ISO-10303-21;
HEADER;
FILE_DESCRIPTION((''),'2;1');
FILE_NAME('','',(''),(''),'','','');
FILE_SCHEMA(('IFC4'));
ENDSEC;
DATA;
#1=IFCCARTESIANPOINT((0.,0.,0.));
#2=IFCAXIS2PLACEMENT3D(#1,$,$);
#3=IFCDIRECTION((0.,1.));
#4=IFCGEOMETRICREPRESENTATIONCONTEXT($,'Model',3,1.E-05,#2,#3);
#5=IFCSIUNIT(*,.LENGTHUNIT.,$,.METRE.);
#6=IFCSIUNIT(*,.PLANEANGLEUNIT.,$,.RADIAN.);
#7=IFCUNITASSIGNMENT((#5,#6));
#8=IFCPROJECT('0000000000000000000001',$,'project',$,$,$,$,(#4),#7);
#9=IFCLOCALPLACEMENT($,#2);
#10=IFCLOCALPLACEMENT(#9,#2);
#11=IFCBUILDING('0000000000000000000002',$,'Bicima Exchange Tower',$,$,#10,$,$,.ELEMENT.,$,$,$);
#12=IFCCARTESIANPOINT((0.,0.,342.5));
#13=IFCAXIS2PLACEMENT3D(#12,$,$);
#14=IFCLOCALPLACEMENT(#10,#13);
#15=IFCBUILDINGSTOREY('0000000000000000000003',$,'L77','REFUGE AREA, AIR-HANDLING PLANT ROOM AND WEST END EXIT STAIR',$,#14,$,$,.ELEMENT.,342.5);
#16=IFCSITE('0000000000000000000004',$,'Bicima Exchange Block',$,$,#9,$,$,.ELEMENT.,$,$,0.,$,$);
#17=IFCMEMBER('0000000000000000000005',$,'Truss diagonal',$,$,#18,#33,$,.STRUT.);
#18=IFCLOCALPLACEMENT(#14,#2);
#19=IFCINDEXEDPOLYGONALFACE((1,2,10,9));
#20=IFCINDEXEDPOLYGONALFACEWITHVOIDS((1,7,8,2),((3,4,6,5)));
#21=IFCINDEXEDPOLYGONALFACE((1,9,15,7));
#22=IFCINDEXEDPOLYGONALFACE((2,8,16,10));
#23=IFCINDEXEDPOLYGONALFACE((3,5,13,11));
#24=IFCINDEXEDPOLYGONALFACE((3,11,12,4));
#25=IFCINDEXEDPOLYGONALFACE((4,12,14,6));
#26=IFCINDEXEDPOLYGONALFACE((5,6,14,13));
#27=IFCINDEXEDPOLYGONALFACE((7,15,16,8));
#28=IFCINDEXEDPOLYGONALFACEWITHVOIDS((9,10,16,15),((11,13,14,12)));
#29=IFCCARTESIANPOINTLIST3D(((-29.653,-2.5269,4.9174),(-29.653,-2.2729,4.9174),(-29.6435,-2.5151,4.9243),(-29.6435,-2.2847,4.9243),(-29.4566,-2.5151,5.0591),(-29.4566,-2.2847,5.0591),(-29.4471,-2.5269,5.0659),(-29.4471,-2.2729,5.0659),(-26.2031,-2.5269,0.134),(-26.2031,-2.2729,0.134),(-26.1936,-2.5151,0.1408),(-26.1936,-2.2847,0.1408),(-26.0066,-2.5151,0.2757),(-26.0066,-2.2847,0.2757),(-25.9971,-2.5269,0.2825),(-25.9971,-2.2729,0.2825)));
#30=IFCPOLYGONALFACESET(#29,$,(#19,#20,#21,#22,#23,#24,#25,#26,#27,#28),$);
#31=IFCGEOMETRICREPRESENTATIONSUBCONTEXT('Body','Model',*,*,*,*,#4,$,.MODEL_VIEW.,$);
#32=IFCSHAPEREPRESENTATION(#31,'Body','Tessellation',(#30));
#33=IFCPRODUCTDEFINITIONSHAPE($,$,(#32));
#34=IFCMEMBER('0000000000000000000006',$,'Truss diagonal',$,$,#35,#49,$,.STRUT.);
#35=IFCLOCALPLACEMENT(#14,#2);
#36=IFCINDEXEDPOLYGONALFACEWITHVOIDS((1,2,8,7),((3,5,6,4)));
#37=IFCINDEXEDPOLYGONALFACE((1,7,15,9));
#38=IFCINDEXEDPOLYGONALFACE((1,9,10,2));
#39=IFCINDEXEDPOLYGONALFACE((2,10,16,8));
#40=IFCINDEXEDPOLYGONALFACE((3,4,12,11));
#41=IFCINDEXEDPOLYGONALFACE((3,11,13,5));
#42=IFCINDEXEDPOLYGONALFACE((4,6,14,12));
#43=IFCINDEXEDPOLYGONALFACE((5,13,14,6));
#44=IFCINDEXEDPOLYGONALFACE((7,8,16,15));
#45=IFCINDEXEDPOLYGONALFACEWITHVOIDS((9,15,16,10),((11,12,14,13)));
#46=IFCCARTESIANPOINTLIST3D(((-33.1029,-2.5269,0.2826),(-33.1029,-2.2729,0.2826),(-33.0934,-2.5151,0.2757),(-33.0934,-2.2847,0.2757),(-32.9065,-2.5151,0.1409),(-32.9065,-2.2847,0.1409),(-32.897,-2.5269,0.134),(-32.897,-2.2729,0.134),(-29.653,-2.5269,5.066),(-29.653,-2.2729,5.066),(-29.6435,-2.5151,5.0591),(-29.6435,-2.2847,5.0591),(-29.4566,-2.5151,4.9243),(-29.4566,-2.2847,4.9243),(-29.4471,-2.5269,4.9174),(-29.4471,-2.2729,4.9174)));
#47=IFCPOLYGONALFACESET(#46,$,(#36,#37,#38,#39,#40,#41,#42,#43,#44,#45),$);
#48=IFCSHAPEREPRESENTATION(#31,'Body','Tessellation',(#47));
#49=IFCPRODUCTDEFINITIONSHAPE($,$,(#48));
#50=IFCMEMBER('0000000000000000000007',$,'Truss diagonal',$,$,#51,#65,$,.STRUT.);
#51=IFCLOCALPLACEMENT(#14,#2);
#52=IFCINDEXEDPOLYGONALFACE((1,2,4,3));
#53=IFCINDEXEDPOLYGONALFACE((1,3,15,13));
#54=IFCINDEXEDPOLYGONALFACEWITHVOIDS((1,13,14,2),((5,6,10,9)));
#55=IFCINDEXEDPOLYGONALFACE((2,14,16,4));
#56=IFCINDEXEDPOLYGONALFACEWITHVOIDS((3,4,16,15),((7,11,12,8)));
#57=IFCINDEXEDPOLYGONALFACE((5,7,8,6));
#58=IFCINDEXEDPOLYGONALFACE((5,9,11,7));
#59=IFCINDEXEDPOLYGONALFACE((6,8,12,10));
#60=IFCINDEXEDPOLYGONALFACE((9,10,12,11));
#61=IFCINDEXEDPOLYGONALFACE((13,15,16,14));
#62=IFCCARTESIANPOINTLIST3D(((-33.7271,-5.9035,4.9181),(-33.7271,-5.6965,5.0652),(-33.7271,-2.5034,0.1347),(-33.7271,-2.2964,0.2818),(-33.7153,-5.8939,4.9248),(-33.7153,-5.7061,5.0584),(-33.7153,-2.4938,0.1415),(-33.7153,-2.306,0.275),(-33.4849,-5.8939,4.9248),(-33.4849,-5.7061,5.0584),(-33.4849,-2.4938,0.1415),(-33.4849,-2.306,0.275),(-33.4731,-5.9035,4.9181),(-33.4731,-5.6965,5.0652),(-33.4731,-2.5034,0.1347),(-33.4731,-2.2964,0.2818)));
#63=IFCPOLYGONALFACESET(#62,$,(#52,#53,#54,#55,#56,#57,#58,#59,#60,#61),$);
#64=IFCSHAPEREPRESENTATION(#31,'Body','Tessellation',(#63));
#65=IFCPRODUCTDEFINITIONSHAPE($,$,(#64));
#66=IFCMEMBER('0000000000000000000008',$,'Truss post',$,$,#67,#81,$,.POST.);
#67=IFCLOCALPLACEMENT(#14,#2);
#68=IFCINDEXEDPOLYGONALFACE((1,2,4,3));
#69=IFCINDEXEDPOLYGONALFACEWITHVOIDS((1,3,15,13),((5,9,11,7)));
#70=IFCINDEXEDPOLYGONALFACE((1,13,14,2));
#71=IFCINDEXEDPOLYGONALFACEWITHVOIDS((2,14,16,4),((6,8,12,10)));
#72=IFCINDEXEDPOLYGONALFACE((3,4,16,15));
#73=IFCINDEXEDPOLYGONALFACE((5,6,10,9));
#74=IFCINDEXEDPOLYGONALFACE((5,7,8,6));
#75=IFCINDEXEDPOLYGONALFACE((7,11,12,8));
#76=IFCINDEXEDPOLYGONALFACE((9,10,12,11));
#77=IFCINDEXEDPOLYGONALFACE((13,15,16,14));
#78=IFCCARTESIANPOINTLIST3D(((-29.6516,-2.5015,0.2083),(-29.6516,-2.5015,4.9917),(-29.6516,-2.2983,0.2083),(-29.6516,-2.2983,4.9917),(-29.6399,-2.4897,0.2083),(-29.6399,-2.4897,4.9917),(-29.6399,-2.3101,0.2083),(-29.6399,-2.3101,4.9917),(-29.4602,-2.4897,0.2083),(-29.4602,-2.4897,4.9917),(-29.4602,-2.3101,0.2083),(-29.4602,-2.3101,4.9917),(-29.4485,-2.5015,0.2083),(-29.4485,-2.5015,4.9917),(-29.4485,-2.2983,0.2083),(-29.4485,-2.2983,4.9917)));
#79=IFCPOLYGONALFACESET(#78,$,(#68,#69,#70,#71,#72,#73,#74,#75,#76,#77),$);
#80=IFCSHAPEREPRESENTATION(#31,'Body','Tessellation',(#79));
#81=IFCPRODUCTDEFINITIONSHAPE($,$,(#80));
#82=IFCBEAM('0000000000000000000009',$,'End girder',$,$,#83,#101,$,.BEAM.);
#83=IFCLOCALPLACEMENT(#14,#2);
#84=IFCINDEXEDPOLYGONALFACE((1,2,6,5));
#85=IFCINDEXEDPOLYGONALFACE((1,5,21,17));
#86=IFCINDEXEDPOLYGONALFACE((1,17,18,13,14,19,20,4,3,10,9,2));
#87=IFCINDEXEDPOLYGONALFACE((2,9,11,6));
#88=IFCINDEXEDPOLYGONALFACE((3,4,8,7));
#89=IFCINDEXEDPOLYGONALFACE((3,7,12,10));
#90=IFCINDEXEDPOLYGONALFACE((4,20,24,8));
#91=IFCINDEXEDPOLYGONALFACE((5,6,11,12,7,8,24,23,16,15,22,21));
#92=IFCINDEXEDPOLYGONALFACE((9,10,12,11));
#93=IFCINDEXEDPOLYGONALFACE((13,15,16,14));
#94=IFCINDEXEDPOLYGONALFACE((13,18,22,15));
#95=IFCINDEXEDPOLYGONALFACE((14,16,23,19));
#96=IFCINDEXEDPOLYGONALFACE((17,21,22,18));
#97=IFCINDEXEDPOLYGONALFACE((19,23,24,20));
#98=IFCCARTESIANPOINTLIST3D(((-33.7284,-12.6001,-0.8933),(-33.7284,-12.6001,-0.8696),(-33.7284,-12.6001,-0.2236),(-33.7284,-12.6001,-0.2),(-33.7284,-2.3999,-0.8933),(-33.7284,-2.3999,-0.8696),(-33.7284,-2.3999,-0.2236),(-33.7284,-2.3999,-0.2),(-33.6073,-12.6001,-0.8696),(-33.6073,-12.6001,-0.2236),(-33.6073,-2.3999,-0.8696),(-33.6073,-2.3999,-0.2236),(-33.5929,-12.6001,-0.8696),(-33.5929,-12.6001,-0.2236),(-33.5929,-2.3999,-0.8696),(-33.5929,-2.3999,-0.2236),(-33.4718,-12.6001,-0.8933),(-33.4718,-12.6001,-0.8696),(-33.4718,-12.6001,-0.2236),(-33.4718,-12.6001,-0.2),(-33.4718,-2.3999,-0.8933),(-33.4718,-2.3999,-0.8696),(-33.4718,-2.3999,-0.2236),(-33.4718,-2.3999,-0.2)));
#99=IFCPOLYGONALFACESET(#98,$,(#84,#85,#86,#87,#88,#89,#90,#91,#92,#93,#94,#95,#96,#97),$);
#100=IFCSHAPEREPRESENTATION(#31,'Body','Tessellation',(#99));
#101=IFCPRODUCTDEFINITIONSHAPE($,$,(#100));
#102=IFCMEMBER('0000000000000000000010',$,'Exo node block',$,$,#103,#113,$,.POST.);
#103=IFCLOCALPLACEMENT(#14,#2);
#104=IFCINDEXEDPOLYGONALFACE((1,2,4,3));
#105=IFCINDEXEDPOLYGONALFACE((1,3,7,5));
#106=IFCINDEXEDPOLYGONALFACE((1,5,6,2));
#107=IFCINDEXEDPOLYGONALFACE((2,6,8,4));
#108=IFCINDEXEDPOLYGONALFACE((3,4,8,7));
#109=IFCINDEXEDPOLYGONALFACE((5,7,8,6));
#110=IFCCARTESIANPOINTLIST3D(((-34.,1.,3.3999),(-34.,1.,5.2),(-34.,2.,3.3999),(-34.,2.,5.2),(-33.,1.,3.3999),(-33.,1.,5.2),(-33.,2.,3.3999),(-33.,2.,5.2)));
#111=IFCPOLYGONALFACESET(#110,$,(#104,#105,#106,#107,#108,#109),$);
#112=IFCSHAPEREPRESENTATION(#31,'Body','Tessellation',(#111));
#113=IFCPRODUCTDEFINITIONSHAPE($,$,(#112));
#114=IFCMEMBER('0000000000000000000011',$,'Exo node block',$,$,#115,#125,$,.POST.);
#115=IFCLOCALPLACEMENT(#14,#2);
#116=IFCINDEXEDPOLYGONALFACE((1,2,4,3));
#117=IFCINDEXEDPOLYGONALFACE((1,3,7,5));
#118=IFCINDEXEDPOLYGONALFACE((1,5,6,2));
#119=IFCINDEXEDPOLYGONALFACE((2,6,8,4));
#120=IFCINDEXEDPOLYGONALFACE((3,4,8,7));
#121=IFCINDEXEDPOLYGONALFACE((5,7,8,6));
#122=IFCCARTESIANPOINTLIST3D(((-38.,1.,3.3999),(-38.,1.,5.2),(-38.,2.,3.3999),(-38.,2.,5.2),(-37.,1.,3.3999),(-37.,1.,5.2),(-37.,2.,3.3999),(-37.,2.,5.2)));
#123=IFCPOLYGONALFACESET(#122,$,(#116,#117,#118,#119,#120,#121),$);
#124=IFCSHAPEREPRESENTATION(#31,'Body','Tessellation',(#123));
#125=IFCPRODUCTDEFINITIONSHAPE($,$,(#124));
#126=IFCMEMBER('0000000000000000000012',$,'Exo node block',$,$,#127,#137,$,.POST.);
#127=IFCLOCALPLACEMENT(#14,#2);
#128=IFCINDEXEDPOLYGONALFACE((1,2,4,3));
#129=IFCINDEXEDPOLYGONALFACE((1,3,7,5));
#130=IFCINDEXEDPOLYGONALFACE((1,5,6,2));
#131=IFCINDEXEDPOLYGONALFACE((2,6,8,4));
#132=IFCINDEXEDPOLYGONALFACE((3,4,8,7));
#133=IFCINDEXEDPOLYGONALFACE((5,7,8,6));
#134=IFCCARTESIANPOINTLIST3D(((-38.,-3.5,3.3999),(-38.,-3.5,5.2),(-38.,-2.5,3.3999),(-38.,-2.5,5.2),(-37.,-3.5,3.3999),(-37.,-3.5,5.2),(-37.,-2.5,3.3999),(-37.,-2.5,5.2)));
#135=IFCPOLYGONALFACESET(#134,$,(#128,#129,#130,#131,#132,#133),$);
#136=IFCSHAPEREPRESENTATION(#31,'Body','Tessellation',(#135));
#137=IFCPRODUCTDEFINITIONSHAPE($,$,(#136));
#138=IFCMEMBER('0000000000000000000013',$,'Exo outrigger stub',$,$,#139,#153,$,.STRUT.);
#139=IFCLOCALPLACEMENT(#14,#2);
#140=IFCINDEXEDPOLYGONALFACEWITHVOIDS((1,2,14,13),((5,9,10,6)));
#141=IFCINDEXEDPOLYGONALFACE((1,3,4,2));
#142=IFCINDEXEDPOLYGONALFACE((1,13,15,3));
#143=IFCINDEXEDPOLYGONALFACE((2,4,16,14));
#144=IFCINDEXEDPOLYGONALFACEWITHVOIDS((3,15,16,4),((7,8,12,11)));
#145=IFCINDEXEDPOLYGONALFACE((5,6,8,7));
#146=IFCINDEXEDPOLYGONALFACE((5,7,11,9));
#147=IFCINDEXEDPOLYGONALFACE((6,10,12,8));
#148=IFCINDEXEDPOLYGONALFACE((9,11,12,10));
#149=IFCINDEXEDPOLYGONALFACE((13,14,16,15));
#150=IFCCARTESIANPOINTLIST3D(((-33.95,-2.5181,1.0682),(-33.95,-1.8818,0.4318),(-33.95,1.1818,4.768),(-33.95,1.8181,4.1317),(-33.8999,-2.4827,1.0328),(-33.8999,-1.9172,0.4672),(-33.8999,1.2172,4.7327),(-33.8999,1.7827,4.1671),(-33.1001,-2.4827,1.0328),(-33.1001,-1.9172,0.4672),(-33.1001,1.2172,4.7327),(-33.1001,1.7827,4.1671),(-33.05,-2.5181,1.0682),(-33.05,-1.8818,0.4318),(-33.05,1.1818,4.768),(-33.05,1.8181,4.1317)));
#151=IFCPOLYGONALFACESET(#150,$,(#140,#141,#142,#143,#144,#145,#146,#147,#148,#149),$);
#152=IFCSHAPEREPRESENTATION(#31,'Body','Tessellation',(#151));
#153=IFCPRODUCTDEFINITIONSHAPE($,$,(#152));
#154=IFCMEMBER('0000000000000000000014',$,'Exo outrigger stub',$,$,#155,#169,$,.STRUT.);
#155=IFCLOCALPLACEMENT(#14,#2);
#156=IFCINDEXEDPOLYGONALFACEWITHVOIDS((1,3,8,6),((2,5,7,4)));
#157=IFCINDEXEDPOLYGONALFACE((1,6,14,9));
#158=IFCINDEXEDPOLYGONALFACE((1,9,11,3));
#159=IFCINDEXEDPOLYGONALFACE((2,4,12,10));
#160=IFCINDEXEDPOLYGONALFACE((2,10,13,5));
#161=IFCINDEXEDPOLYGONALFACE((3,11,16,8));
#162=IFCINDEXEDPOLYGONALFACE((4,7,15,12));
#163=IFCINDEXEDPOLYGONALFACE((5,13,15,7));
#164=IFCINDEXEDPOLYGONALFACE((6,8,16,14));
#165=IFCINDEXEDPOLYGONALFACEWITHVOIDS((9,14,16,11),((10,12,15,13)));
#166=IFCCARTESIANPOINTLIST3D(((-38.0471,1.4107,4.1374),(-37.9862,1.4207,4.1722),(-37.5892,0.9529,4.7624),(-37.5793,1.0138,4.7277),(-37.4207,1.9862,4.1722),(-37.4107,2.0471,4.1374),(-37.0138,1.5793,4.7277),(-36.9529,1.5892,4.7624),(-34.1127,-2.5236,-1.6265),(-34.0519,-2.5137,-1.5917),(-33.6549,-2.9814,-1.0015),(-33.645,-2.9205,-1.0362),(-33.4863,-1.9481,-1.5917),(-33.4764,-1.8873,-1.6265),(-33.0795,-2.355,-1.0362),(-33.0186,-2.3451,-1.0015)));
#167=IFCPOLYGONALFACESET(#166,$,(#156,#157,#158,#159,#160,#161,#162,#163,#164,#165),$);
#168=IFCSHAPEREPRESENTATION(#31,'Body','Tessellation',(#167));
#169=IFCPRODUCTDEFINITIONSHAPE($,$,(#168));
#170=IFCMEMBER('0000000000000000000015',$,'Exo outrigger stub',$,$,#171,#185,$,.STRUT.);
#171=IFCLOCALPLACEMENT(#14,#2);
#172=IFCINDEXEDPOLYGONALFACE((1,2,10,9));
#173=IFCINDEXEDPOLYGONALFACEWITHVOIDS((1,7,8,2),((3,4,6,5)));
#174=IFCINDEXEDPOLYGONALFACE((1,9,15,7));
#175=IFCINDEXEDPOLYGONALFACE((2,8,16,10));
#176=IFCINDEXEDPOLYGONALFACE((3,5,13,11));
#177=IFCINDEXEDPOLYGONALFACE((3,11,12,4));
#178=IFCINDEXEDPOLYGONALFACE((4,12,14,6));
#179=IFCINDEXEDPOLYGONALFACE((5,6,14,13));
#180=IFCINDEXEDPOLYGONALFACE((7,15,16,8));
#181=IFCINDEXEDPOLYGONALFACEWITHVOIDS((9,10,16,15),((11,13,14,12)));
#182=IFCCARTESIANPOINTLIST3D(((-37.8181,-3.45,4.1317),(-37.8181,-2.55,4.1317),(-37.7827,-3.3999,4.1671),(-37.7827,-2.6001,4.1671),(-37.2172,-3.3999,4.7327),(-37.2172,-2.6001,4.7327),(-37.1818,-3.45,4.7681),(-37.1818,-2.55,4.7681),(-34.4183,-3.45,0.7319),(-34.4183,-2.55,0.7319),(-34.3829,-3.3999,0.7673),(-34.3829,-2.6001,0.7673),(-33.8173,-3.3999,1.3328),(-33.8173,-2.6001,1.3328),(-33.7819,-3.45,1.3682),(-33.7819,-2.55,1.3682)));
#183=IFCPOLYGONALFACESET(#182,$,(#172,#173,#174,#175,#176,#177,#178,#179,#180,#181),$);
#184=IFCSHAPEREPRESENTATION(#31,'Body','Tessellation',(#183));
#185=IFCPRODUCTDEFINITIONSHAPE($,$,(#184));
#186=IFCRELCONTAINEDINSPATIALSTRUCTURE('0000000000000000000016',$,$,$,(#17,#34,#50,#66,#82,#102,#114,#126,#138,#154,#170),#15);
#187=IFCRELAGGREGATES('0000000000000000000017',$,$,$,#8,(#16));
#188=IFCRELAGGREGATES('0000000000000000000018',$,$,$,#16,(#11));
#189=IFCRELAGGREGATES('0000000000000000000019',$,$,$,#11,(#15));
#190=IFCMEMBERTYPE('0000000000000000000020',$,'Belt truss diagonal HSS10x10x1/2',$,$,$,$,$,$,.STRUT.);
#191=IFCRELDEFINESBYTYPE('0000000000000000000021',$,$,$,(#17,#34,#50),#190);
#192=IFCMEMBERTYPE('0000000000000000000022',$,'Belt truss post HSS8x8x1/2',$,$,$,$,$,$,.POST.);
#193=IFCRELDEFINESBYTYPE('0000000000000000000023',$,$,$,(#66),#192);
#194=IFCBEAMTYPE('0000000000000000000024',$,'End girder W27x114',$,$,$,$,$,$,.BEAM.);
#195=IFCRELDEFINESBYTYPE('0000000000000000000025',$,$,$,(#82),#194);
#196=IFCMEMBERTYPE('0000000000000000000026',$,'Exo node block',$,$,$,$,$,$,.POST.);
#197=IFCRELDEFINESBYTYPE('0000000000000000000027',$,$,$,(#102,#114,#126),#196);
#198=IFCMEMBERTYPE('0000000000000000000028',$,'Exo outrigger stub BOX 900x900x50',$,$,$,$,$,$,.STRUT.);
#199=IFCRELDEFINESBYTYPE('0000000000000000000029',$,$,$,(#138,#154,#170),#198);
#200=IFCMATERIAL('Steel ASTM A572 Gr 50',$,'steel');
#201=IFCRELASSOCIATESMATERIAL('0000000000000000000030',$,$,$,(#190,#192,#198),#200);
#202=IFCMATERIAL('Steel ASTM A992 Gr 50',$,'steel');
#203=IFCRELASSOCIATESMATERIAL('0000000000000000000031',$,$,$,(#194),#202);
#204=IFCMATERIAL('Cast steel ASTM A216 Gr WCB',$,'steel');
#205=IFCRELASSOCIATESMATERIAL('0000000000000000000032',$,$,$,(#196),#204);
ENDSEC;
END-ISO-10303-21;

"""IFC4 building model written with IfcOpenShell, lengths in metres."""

from ifc_helpers import new_model, si_unit, direction, frame, origin, origin_2d, place, context, subcontext, project, spatial, rectangle, hollow_rectangle, i_section, extrude, material, material_profile, profile_set, type_object, element, save


model = new_model("IFC4")

# Units and contexts
model_context = context("Model", 3, precision=1e-05, world=origin(), true_north=direction((0.0, 1.0)))
body_context = subcontext(model_context, "Body", "Model", "MODEL_VIEW")
ifc_project = project(units=[si_unit("LENGTHUNIT", "METRE"), si_unit("PLANEANGLEUNIT", "RADIAN")], contexts=[model_context])

# Site, building, storey
site_placement = place(None, origin())
site = spatial("IfcSite", under=ifc_project, at=site_placement, Name="Bicima Exchange Block", CompositionType="ELEMENT", RefElevation=0.0)
building_placement = place(site_placement, origin())
building = spatial("IfcBuilding", under=site, at=building_placement, Name="Bicima Exchange Tower", CompositionType="ELEMENT")
storey_placement = place(building_placement, frame((0.0, 0.0, 342.5)))
storey = spatial("IfcBuildingStorey", under=building, at=storey_placement, Name="L77", Description="REFUGE AREA, AIR-HANDLING PLANT ROOM AND WEST END EXIT STAIR", CompositionType="ELEMENT", Elevation=342.5)

# Shared definitions
ifc_material_1 = material(Name="Steel ASTM A572 Gr 50", Category="steel")
ifc_material_2 = material(Name="Steel ASTM A992 Gr 50", Category="steel")

# Members
ifc_material_profile_1 = material_profile(ifc_material_1, hollow_rectangle(XDim=0.2539, YDim=0.2539, WallThickness=0.0117, at=origin_2d()))
ifc_profile_set_1 = profile_set([ifc_material_profile_1], Name="Steel ASTM A572 Gr 50")
member_type_1 = type_object("IfcMemberType", Name="Belt truss diagonal HSS10x10x1/2", PredefinedType="STRUT", material=ifc_profile_set_1)
for number, where, z_axis, x_axis, name in (
    (1, (-26.1001, -2.3999, 0.2083), (-0.58496, 0.0, 0.811062), (0.0, -1.0, 0.0), "Truss diagonal"),
    (2, (-29.55, -2.3999, 4.9917), (-0.58496, 0.0, -0.811062), (0.0, -1.0, 0.0), "Truss diagonal"),
):
    element("IfcMember", number, at=place(storey_placement, frame(where, z_axis=z_axis, x_axis=x_axis)), inside=storey, type_object=member_type_1, Name=name, PredefinedType="STRUT", context=body_context, shape_type="SweptSolid", body=[
        extrude(hollow_rectangle(XDim=0.2539, YDim=0.2539, WallThickness=0.0117, at=origin_2d()), origin(), (0.0, 0.0, 1.0), 5.8977),
    ])
member_1_placement = place(storey_placement, frame((-33.6001, -2.3999, 0.2083), z_axis=(0.0, -0.579364, 0.815069), x_axis=(1.0, 0.0, 0.0)))
element("IfcMember", 3, at=member_1_placement, inside=storey, type_object=member_type_1, Name="Truss diagonal", PredefinedType="STRUT", context=body_context, shape_type="SweptSolid", body=[
    extrude(hollow_rectangle(XDim=0.2539, YDim=0.2539, WallThickness=0.0117, at=origin_2d()), origin(), (0.0, 0.0, 1.0), 5.8687),
])
ifc_material_profile_2 = material_profile(ifc_material_1, hollow_rectangle(XDim=0.2031, YDim=0.2031, WallThickness=0.0117, at=origin_2d()))
ifc_profile_set_2 = profile_set([ifc_material_profile_2], Name="Steel ASTM A572 Gr 50")
member_type_2 = type_object("IfcMemberType", Name="Belt truss post HSS8x8x1/2", PredefinedType="POST", material=ifc_profile_set_2)
member_2_placement = place(storey_placement, frame((-29.55, -2.3999, 0.2083), z_axis=(0.0, 0.0, 1.0), x_axis=(1.0, 0.0, 0.0)))
element("IfcMember", 4, at=member_2_placement, inside=storey, type_object=member_type_2, Name="Truss post", PredefinedType="POST", context=body_context, shape_type="SweptSolid", body=[
    extrude(hollow_rectangle(XDim=0.2031, YDim=0.2031, WallThickness=0.0117, at=origin_2d()), origin(), (0.0, 0.0, 1.0), 4.7834),
])

# Beam
ifc_material_profile_3 = material_profile(ifc_material_2, i_section(OverallWidth=0.2566, OverallDepth=0.6934, WebThickness=0.0144, FlangeThickness=0.0237, at=origin_2d()))
ifc_profile_set_3 = profile_set([ifc_material_profile_3], Name="Steel ASTM A992 Gr 50")
beam_type_1 = type_object("IfcBeamType", Name="End girder W27x114", PredefinedType="BEAM", material=ifc_profile_set_3)
beam_1_placement = place(storey_placement, frame((-33.6001, -2.3999, -0.5466), z_axis=(0.0, -1.0, 0.0), x_axis=(1.0, 0.0, 0.0)))
element("IfcBeam", 5, at=beam_1_placement, inside=storey, type_object=beam_type_1, Name="End girder", PredefinedType="BEAM", context=body_context, shape_type="SweptSolid", body=[
    extrude(i_section(OverallWidth=0.2566, OverallDepth=0.6934, WebThickness=0.0144, FlangeThickness=0.0237, at=origin_2d()), origin(), (0.0, 0.0, 1.0), 10.2002),
])

# Members
ifc_material_3 = material(Name="Cast steel ASTM A216 Gr WCB", Category="steel")
ifc_material_profile_4 = material_profile(ifc_material_3, rectangle(XDim=1.0, YDim=1.0, at=origin_2d()))
ifc_profile_set_4 = profile_set([ifc_material_profile_4], Name="Cast steel ASTM A216 Gr WCB")
member_type_3 = type_object("IfcMemberType", Name="Exo node block", PredefinedType="POST", material=ifc_profile_set_4)
for number, where, z_axis, x_axis, name in (
    (6, (-33.5, 1.5, 3.3999), (0.0, 0.0, 1.0), (1.0, 0.0, 0.0), "Exo node block"),
    (7, (-37.5, 1.5, 3.3999), (0.0, 0.0, 1.0), (1.0, 0.0, 0.0), "Exo node block"),
    (8, (-37.5, -3.0, 3.3999), (0.0, 0.0, 1.0), (1.0, 0.0, 0.0), "Exo node block"),
):
    element("IfcMember", number, at=place(storey_placement, frame(where, z_axis=z_axis, x_axis=x_axis)), inside=storey, type_object=member_type_3, Name=name, PredefinedType="POST", context=body_context, shape_type="SweptSolid", body=[
        extrude(rectangle(XDim=1.0, YDim=1.0, at=origin_2d()), origin(), (0.0, 0.0, 1.0), 1.8),
    ])
ifc_material_profile_5 = material_profile(ifc_material_1, hollow_rectangle(XDim=0.8999, YDim=0.8999, WallThickness=0.05, at=origin_2d()))
ifc_profile_set_5 = profile_set([ifc_material_profile_5], Name="Steel ASTM A572 Gr 50")
member_type_4 = type_object("IfcMemberType", Name="Exo outrigger stub BOX 900x900x50", PredefinedType="STRUT", material=ifc_profile_set_5)
member_3_placement = place(storey_placement, frame((-33.5, -2.2, 0.75), z_axis=(0.0, 0.707107, 0.707107), x_axis=(-1.0, 0.0, 0.0)))
element("IfcMember", 9, at=member_3_placement, inside=storey, type_object=member_type_4, Name="Exo outrigger stub", PredefinedType="STRUT", context=body_context, shape_type="SweptSolid", body=[
    extrude(hollow_rectangle(XDim=0.8999, YDim=0.8999, WallThickness=0.05, at=origin_2d()), origin(), (0.0, 0.0, 1.0), 5.2324),
])
member_4_placement = place(storey_placement, frame((-33.5657, -2.4343, -1.314), z_axis=(-0.491098, 0.491098, 0.719475), x_axis=(-0.707107, -0.707107, 0.0)))
element("IfcMember", 10, at=member_4_placement, inside=storey, type_object=member_type_4, Name="Exo outrigger stub", PredefinedType="STRUT", context=body_context, shape_type="SweptSolid", body=[
    extrude(hollow_rectangle(XDim=0.8999, YDim=0.8999, WallThickness=0.05, at=origin_2d()), origin(), (0.0, 0.0, 1.0), 8.0112),
])
member_5_placement = place(storey_placement, frame((-34.1001, -3.0, 1.05), z_axis=(-0.707107, 0.0, 0.707107), x_axis=(0.0, -1.0, 0.0)))
element("IfcMember", 11, at=member_5_placement, inside=storey, type_object=member_type_4, Name="Exo outrigger stub", PredefinedType="STRUT", context=body_context, shape_type="SweptSolid", body=[
    extrude(hollow_rectangle(XDim=0.8999, YDim=0.8999, WallThickness=0.05, at=origin_2d()), origin(), (0.0, 0.0, 1.0), 4.8081),
])

save(model, "model.ifc")
